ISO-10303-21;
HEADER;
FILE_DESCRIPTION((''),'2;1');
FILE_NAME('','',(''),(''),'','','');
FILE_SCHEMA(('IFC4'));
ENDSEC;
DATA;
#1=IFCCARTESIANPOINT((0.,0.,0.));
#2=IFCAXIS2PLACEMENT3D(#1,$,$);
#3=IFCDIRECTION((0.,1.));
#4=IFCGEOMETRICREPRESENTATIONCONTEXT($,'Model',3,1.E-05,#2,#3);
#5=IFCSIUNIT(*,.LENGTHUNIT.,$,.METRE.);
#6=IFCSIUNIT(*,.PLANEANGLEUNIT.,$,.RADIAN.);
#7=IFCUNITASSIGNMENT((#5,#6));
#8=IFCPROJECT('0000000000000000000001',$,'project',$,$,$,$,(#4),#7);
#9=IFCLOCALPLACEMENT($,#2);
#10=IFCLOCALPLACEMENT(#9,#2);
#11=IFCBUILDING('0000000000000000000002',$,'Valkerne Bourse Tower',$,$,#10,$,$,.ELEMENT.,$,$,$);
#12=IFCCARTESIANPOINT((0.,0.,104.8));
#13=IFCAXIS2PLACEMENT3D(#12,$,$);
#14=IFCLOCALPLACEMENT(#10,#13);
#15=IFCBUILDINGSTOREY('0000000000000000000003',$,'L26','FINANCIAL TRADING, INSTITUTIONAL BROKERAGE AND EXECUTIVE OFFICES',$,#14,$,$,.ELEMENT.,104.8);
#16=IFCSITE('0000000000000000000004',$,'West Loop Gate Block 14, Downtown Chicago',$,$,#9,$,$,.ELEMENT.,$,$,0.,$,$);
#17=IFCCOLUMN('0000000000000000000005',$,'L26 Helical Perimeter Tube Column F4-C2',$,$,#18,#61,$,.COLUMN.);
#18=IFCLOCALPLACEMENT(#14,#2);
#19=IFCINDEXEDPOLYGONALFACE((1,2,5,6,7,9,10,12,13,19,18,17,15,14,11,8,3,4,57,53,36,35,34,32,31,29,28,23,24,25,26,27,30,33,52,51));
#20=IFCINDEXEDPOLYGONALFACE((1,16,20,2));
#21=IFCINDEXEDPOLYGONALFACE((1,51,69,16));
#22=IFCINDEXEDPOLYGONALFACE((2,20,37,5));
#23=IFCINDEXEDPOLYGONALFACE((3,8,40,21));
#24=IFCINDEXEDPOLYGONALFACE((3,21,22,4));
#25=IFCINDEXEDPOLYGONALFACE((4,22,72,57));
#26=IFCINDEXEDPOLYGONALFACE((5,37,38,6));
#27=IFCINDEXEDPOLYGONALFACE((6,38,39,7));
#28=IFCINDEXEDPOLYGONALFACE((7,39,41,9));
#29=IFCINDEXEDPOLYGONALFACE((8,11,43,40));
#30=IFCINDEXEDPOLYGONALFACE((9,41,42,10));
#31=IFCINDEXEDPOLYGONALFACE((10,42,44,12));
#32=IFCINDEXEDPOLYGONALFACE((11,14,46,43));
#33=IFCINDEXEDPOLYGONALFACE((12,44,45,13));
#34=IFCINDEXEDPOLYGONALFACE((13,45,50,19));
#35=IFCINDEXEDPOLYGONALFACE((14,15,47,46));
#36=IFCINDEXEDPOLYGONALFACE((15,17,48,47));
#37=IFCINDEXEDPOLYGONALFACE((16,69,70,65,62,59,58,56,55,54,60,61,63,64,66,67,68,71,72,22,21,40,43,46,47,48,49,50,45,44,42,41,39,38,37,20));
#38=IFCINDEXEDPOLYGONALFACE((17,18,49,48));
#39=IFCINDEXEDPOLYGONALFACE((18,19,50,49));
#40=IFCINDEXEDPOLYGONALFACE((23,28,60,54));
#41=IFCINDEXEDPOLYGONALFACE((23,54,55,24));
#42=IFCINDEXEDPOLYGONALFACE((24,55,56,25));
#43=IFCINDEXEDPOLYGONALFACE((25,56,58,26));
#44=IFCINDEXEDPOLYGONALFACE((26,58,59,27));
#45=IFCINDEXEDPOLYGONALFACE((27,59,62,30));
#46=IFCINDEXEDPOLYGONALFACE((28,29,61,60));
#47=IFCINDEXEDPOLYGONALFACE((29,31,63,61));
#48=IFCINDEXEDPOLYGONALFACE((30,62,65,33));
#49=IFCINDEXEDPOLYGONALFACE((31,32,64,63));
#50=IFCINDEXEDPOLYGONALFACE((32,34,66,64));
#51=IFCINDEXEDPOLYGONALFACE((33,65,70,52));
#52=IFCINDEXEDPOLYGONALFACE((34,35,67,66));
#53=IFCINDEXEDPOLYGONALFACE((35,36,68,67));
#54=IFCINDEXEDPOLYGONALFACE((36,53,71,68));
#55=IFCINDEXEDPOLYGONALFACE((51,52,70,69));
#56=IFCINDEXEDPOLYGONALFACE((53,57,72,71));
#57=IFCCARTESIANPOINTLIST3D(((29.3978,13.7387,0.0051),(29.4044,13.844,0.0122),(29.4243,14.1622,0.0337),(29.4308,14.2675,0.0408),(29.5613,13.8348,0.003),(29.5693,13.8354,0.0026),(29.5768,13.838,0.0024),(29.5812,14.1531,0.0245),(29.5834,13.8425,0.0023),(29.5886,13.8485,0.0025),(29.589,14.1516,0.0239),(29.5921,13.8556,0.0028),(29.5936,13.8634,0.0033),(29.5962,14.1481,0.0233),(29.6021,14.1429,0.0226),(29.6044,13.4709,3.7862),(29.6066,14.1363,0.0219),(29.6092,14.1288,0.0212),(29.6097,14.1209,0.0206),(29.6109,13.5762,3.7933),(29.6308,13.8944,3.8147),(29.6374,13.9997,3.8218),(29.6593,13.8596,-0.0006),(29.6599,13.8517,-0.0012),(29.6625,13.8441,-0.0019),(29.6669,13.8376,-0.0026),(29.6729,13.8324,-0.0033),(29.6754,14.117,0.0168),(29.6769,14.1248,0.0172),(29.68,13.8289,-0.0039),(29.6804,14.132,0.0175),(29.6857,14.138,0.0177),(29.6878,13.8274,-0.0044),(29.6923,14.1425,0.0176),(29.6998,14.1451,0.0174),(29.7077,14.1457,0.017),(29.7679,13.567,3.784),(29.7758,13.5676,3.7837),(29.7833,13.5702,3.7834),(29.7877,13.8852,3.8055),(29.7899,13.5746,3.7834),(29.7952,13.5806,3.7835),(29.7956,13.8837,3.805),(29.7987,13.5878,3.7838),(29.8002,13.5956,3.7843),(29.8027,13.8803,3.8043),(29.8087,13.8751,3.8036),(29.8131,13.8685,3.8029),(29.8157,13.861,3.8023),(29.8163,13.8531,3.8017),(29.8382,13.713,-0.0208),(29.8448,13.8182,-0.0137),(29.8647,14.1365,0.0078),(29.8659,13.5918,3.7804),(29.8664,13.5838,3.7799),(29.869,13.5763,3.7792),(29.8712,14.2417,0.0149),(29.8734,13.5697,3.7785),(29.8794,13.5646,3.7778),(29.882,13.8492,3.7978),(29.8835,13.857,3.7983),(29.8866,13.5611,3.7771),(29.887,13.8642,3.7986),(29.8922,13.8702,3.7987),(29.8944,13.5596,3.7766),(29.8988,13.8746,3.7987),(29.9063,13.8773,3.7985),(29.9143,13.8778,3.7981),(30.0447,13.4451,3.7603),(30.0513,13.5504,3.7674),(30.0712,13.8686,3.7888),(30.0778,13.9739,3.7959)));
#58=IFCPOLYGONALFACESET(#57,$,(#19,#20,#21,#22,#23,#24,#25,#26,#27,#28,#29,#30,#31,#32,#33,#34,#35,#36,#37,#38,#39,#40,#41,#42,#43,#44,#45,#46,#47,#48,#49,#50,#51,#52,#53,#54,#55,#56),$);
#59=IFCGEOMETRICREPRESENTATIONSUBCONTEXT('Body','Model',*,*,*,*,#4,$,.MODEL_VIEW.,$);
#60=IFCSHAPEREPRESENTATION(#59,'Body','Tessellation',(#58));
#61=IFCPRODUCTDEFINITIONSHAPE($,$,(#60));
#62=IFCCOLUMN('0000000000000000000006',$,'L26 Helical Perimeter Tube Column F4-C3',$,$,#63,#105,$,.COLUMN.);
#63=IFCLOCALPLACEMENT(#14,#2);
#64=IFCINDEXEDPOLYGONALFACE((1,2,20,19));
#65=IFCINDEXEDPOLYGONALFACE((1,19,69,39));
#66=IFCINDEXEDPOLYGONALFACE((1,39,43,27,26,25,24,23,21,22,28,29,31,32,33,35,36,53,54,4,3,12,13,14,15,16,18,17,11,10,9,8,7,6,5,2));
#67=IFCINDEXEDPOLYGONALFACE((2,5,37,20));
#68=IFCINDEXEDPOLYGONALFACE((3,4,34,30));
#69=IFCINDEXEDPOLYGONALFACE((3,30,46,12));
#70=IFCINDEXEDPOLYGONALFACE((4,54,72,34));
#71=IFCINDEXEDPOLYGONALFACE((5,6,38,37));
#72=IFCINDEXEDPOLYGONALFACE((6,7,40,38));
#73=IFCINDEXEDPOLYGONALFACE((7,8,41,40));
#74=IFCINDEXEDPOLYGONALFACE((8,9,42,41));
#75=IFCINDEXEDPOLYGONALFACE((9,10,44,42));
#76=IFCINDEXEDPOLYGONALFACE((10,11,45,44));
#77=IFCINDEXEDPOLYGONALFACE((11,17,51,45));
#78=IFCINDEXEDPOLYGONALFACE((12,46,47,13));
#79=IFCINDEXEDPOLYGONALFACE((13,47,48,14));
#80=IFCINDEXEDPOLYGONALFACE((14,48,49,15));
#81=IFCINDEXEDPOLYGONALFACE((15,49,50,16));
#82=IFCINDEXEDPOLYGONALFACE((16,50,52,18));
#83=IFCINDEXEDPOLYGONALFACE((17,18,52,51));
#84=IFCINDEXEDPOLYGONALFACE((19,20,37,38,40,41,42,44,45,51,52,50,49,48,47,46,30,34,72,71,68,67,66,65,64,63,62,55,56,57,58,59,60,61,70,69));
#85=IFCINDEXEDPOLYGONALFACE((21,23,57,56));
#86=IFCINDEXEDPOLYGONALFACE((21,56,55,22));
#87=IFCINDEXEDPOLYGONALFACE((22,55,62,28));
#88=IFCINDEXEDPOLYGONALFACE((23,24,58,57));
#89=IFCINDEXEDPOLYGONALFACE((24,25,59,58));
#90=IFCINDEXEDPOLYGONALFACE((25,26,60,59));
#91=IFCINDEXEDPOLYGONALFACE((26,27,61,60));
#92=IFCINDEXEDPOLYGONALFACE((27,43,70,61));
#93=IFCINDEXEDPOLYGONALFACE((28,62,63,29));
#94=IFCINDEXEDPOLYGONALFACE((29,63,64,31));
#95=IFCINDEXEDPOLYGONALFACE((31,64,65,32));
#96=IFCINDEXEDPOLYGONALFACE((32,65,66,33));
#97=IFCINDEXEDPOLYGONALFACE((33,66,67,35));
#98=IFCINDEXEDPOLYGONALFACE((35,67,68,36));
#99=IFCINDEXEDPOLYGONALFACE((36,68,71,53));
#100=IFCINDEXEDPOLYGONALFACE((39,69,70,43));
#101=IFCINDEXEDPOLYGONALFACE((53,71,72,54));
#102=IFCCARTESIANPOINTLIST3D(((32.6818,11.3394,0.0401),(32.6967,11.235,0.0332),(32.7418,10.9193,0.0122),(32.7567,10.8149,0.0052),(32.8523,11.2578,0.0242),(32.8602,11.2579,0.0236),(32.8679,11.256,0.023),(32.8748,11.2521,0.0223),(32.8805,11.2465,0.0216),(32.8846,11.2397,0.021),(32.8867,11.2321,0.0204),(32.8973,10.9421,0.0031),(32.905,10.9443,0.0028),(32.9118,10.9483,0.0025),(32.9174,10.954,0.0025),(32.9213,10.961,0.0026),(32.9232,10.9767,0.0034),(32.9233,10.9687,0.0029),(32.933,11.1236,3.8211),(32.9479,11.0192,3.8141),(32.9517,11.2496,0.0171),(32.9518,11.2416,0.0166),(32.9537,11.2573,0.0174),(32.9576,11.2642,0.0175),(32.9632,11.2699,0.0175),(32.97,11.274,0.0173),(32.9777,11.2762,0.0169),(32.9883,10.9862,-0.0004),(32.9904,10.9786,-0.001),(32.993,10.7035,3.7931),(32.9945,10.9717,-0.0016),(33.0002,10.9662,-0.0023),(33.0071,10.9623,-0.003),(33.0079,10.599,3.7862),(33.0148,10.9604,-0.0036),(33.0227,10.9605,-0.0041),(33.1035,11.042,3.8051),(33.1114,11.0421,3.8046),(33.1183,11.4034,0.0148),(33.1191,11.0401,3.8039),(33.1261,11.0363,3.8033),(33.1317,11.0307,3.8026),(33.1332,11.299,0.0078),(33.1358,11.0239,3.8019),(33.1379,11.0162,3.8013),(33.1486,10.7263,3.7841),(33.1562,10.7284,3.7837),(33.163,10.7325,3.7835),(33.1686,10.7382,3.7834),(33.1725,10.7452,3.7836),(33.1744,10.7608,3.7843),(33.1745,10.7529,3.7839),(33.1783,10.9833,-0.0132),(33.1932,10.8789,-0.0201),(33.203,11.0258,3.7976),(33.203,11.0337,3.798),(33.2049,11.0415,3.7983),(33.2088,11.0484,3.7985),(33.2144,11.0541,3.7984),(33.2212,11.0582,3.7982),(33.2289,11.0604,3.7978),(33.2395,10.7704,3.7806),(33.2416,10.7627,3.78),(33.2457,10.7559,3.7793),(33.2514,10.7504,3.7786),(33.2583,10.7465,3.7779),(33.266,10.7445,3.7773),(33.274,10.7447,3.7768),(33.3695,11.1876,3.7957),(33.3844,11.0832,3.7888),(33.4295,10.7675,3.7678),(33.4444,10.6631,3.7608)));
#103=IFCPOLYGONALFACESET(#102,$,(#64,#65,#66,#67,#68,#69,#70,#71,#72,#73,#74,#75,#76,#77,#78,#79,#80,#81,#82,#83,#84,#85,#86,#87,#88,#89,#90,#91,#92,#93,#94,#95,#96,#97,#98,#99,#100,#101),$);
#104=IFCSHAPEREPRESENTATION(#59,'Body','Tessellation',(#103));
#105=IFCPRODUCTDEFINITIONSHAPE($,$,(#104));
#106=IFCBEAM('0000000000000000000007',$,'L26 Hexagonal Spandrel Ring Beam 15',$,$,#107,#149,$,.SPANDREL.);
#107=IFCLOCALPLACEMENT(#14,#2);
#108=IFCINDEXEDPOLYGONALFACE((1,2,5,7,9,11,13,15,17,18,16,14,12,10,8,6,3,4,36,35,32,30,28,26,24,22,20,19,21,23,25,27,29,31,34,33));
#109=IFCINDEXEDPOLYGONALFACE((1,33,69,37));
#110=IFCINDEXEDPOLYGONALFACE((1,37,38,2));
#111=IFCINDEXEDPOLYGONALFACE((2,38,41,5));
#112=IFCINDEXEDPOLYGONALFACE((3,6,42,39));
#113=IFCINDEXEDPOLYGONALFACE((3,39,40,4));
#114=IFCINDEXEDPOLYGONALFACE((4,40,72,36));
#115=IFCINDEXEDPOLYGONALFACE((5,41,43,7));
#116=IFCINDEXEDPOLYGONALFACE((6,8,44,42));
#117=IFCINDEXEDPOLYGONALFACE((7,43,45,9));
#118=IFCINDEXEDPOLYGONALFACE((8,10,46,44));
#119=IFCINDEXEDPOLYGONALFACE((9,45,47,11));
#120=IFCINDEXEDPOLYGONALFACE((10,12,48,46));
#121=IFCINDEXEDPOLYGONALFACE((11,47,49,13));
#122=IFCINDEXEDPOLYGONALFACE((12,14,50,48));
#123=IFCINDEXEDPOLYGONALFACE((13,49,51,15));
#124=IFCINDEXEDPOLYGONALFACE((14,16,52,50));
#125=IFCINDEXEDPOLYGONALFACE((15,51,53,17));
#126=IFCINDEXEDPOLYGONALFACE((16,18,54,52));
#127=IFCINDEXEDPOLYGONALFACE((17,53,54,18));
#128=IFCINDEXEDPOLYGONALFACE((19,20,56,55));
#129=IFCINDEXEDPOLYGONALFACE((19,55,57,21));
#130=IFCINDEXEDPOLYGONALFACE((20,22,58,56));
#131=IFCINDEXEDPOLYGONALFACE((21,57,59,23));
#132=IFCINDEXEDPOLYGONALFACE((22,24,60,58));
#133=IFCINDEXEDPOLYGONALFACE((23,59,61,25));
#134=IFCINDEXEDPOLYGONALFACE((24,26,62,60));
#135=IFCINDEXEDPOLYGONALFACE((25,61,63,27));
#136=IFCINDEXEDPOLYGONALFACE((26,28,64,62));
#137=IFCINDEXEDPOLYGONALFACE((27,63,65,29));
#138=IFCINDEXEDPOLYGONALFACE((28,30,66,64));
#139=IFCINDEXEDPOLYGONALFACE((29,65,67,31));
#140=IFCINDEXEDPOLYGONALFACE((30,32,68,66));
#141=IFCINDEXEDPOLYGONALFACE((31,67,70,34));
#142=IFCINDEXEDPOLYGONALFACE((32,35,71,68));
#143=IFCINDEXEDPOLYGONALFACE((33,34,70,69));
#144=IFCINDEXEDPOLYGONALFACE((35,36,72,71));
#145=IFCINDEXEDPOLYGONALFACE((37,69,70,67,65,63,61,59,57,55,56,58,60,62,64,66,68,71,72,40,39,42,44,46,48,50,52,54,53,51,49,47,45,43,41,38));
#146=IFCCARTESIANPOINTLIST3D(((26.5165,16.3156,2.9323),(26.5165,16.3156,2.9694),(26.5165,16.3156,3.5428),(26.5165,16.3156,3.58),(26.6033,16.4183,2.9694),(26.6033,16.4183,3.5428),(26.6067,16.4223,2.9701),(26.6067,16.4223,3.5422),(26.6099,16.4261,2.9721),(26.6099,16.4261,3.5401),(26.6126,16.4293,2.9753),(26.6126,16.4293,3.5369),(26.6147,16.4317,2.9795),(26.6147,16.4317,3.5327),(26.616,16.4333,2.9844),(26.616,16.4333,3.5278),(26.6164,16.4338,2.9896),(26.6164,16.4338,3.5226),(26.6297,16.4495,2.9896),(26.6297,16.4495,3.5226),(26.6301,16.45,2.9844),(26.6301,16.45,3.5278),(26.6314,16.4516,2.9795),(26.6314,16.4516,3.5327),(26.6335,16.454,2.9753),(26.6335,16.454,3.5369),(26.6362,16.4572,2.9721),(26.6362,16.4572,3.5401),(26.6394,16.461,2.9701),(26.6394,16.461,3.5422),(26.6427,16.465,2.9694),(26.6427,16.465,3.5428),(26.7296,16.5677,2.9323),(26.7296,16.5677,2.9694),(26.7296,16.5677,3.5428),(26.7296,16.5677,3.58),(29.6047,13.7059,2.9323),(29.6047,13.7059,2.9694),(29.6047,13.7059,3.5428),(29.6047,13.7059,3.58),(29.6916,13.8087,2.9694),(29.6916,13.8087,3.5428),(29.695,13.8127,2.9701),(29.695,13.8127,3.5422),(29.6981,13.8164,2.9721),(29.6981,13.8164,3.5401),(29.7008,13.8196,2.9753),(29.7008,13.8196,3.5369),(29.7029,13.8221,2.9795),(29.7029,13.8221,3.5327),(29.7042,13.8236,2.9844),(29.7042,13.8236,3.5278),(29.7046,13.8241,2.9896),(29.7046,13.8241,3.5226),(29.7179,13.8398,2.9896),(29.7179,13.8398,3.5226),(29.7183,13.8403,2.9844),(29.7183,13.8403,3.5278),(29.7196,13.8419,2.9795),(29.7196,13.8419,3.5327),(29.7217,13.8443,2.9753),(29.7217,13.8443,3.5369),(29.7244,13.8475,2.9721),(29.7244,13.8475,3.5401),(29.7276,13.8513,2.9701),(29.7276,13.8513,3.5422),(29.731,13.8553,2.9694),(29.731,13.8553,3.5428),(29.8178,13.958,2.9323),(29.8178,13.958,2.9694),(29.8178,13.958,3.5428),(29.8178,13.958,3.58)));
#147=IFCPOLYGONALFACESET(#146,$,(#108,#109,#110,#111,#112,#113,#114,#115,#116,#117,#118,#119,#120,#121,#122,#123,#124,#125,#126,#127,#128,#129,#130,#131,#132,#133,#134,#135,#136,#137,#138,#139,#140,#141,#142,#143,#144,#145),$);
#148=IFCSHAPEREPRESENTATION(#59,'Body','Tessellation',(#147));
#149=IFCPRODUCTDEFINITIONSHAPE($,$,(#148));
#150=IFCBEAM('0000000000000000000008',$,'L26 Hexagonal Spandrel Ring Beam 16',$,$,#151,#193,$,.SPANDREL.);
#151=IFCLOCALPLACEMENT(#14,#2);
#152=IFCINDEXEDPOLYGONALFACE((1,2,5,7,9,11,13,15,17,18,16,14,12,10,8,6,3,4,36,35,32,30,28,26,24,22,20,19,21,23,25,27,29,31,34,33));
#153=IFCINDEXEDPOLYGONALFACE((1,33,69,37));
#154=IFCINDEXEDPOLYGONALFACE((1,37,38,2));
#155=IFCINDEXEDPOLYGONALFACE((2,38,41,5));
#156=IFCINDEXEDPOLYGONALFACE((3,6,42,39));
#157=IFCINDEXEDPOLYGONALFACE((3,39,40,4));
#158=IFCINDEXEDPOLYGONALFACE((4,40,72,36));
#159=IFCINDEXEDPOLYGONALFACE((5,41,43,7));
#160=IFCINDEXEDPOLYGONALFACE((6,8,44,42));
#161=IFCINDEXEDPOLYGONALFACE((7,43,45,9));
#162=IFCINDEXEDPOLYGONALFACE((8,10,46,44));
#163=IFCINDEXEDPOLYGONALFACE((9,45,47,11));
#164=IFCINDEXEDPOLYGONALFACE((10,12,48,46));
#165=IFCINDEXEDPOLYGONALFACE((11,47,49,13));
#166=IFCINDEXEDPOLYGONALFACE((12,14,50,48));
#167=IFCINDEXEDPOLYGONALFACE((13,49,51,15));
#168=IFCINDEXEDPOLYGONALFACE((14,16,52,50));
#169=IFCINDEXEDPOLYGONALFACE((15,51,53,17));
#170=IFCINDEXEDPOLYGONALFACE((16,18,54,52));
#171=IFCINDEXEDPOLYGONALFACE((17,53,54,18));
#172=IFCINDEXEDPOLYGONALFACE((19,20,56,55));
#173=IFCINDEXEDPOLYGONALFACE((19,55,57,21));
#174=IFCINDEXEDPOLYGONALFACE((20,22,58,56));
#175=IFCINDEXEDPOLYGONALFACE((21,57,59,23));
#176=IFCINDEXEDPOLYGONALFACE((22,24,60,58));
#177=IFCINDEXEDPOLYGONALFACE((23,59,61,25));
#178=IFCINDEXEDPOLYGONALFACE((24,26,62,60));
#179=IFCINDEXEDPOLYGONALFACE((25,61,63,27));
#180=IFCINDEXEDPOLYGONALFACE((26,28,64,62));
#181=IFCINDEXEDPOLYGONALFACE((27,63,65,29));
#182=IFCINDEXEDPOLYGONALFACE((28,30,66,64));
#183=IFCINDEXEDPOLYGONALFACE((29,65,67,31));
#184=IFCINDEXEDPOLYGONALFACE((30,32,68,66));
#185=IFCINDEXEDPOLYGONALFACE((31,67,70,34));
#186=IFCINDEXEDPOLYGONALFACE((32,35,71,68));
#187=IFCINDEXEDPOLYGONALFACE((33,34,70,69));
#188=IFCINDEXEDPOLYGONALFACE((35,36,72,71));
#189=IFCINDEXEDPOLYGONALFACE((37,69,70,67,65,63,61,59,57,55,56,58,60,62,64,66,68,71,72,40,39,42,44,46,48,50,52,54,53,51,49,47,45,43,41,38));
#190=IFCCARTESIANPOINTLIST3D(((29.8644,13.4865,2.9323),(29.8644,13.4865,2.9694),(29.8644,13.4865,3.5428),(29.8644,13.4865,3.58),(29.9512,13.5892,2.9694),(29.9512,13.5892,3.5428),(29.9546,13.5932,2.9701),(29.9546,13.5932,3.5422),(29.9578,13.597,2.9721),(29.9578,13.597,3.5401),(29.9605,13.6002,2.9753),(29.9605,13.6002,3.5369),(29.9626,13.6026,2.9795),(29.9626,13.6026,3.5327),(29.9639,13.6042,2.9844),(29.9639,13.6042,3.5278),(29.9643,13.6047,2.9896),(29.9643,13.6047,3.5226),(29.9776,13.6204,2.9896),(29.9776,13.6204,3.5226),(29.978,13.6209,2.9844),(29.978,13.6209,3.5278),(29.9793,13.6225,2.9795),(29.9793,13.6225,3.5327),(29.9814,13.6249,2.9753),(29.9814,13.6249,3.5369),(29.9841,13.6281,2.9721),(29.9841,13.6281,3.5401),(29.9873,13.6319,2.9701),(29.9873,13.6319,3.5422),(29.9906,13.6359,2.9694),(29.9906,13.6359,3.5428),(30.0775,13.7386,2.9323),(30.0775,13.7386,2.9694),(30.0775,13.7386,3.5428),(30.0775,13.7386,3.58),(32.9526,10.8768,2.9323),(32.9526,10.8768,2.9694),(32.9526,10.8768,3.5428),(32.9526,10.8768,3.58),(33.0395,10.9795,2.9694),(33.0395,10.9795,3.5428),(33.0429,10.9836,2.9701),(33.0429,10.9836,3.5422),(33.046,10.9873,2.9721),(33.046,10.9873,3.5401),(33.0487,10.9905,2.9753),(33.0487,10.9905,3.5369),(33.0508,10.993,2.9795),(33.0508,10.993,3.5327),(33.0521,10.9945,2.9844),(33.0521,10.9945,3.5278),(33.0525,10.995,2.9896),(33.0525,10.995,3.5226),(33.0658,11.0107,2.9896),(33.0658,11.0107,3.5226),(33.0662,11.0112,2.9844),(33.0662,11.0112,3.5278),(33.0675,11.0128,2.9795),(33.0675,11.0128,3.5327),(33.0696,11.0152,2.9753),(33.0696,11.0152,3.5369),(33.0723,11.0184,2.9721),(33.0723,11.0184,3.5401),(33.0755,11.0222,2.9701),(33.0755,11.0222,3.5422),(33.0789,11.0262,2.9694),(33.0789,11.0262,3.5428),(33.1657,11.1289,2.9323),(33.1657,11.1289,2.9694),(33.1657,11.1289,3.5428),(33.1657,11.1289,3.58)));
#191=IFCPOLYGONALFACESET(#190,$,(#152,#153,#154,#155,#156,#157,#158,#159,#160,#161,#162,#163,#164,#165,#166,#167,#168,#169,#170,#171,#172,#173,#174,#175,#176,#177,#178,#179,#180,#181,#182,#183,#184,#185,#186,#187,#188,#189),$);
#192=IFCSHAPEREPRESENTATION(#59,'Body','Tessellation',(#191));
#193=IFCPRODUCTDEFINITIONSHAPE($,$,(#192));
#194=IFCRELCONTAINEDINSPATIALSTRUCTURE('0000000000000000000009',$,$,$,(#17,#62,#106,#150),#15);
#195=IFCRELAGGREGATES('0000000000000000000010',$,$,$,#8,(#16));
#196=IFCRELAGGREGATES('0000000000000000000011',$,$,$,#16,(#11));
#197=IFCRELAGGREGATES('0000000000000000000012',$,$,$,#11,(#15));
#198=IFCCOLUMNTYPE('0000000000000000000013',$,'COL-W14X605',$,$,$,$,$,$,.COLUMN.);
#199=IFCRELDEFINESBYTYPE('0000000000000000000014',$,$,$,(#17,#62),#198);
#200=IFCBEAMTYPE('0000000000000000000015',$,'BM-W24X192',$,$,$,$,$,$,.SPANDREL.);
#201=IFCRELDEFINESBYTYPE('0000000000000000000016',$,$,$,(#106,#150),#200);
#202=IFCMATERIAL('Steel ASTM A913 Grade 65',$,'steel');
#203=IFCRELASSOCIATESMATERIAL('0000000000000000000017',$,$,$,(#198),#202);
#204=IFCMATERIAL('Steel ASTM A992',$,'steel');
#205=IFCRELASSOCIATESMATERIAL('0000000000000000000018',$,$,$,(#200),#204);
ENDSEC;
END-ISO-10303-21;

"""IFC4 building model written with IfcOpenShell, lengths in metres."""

from ifc_helpers import new_model, si_unit, direction, frame, origin, origin_2d, place, context, subcontext, project, spatial, i_section, extrude, material, material_profile, profile_set, type_object, element, save


model = new_model("IFC4")

# Units and contexts
model_context = context("Model", 3, precision=1e-05, world=origin(), true_north=direction((0.0, 1.0)))
body_context = subcontext(model_context, "Body", "Model", "MODEL_VIEW")
ifc_project = project(units=[si_unit("LENGTHUNIT", "METRE"), si_unit("PLANEANGLEUNIT", "RADIAN")], contexts=[model_context])

# Site, building, storey
site_placement = place(None, origin())
site = spatial("IfcSite", under=ifc_project, at=site_placement, Name="West Loop Gate Block 14, Downtown Chicago", CompositionType="ELEMENT", RefElevation=0.0)
building_placement = place(site_placement, origin())
building = spatial("IfcBuilding", under=site, at=building_placement, Name="Valkerne Bourse Tower", CompositionType="ELEMENT")
storey_placement = place(building_placement, frame((0.0, 0.0, 104.8)))
storey = spatial("IfcBuildingStorey", under=building, at=storey_placement, Name="L26", Description="FINANCIAL TRADING, INSTITUTIONAL BROKERAGE AND EXECUTIVE OFFICES", CompositionType="ELEMENT", Elevation=104.8)

# Columns
ifc_material_1 = material(Name="Steel ASTM A913 Grade 65", Category="steel")
ifc_material_profile_1 = material_profile(ifc_material_1, i_section(OverallWidth=0.4419, OverallDepth=0.531, WebThickness=0.0659, FlangeThickness=0.1057, FilletRadius=0.0305, at=origin_2d()), Name="W14X605")
ifc_profile_set_1 = profile_set([ifc_material_profile_1], Name="Steel ASTM A913 Grade 65")
column_type = type_object("IfcColumnType", Name="COL-W14X605", PredefinedType="COLUMN", material=ifc_profile_set_1)
column_1_placement = place(storey_placement, frame((29.6345, 13.9902, 0.01), z_axis=(0.054409, -0.070552, 0.996023), x_axis=(0.99658, -0.058295, -0.058569)))
element("IfcColumn", 1, at=column_1_placement, inside=storey, type_object=column_type, Name="L26 Helical Perimeter Tube Column F4-C2", PredefinedType="COLUMN", context=body_context, shape_type="SweptSolid", body=[
    extrude(i_section(OverallWidth=0.4419, OverallDepth=0.531, WebThickness=0.0659, FlangeThickness=0.1057, FilletRadius=0.0305, at=origin_2d()), origin(), (0.0, 0.0, 1.0), 3.7961),
])
column_2_placement = place(storey_placement, frame((32.9375, 11.1091, 0.01), z_axis=(0.066189, -0.056862, 0.996186), x_axis=(0.987788, 0.14486, -0.057363)))
element("IfcColumn", 2, at=column_2_placement, inside=storey, type_object=column_type, Name="L26 Helical Perimeter Tube Column F4-C3", PredefinedType="COLUMN", context=body_context, shape_type="SweptSolid", body=[
    extrude(i_section(OverallWidth=0.4419, OverallDepth=0.531, WebThickness=0.0659, FlangeThickness=0.1057, FilletRadius=0.0305, at=origin_2d()), origin(), (0.0, 0.0, 1.0), 3.7954),
])

# Beams
ifc_material_2 = material(Name="Steel ASTM A992", Category="steel")
ifc_material_profile_2 = material_profile(ifc_material_2, i_section(OverallWidth=0.3301, OverallDepth=0.6477, WebThickness=0.0205, FlangeThickness=0.0371, FilletRadius=0.0203, at=origin_2d()), Name="W24X192")
ifc_profile_set_2 = profile_set([ifc_material_profile_2], Name="Steel ASTM A992")
beam_type_1 = type_object("IfcBeamType", Name="BM-W24X192", PredefinedType="SPANDREL", material=ifc_profile_set_2)
for number, where, z_axis, x_axis, name in (
    (3, (26.623, 16.4417, 3.2561), (0.763803, -0.645449, 0.0), (0.645449, 0.763803, 0.0), "L26 Hexagonal Spandrel Ring Beam 15"),
    (4, (29.9709, 13.6125, 3.2561), (0.763803, -0.645449, 0.0), (0.645449, 0.763803, 0.0), "L26 Hexagonal Spandrel Ring Beam 16"),
):
    element("IfcBeam", number, at=place(storey_placement, frame(where, z_axis=z_axis, x_axis=x_axis)), inside=storey, type_object=beam_type_1, Name=name, PredefinedType="SPANDREL", context=body_context, shape_type="SweptSolid", body=[
        extrude(i_section(OverallWidth=0.3301, OverallDepth=0.6477, WebThickness=0.0205, FlangeThickness=0.0371, FilletRadius=0.0203, at=origin_2d()), origin(), (0.0, 0.0, 1.0), 4.0432),
    ])

save(model, "model.ifc")
